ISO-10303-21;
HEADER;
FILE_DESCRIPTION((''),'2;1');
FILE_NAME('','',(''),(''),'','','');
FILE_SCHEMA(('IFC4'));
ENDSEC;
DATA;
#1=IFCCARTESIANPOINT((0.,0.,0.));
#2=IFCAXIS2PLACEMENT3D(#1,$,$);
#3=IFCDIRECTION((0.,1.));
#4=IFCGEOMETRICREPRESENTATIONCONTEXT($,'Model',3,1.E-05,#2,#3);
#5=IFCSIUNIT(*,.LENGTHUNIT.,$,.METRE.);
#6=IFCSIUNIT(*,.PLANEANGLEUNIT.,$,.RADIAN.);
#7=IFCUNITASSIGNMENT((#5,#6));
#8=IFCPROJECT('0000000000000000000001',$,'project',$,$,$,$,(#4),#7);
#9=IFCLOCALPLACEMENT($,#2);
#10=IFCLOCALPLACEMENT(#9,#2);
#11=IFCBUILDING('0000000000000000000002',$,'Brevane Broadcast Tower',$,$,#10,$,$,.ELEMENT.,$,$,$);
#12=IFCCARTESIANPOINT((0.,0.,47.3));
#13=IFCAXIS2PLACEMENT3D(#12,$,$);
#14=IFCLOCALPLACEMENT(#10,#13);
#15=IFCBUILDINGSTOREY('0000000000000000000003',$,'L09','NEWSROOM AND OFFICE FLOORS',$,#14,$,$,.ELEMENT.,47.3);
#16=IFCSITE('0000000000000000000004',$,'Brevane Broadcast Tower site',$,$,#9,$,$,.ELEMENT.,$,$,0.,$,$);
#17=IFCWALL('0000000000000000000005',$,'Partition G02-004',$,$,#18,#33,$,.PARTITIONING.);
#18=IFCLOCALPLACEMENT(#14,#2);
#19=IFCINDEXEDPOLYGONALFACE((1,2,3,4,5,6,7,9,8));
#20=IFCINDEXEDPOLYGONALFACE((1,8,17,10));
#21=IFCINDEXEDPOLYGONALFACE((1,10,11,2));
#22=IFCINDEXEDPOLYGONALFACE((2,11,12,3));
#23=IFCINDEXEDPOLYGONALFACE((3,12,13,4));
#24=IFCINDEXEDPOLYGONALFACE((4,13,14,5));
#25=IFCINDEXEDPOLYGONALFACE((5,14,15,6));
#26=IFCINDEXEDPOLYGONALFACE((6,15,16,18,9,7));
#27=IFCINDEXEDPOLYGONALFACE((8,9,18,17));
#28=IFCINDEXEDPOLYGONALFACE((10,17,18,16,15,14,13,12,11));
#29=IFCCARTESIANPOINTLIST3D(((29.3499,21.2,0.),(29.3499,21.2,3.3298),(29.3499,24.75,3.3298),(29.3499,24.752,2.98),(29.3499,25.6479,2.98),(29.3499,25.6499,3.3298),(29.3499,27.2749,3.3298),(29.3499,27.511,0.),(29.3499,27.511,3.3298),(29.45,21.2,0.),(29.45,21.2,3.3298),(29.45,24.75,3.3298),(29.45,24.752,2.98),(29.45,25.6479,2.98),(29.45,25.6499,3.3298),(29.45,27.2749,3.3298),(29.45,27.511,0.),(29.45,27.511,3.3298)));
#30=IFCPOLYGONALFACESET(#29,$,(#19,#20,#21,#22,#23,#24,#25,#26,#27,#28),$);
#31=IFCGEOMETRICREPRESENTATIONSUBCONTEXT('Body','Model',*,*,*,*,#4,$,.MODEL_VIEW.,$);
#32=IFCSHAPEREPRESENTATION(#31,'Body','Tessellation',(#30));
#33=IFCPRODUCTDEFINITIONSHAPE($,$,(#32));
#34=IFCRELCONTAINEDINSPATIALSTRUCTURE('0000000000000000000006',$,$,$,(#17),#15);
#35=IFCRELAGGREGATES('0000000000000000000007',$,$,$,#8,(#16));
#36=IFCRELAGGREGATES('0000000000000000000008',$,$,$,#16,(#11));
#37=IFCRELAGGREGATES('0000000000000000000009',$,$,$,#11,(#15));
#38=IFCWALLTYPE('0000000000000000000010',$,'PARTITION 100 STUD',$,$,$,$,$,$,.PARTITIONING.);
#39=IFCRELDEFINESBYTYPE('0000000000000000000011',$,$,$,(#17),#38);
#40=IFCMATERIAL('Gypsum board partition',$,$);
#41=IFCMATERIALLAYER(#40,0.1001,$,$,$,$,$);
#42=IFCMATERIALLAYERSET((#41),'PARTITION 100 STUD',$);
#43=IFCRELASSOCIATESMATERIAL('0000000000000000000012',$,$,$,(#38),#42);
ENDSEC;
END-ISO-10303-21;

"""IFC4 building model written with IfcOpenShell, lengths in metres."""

from ifc_helpers import new_model, si_unit, direction, frame, origin, place, context, subcontext, project, spatial, polyline, outline, extrude, material, layer, layer_set, type_object, element, save


model = new_model("IFC4")

# Units and contexts
model_context = context("Model", 3, precision=1e-05, world=origin(), true_north=direction((0.0, 1.0)))
body_context = subcontext(model_context, "Body", "Model", "MODEL_VIEW")
ifc_project = project(units=[si_unit("LENGTHUNIT", "METRE"), si_unit("PLANEANGLEUNIT", "RADIAN")], contexts=[model_context])

# Site, building, storey
site_placement = place(None, origin())
site = spatial("IfcSite", under=ifc_project, at=site_placement, Name="Brevane Broadcast Tower site", CompositionType="ELEMENT", RefElevation=0.0)
building_placement = place(site_placement, origin())
building = spatial("IfcBuilding", under=site, at=building_placement, Name="Brevane Broadcast Tower", CompositionType="ELEMENT")
storey_placement = place(building_placement, frame((0.0, 0.0, 47.3)))
storey = spatial("IfcBuildingStorey", under=building, at=storey_placement, Name="L09", Description="NEWSROOM AND OFFICE FLOORS", CompositionType="ELEMENT", Elevation=47.3)

# Wall
ifc_material_1 = material(Name="Gypsum board partition")
ifc_layer = layer(ifc_material_1, 0.1001)
ifc_layer_set = layer_set([ifc_layer], Name="PARTITION 100 STUD")
wall_type = type_object("IfcWallType", Name="PARTITION 100 STUD", PredefinedType="PARTITIONING", material=ifc_layer_set)
wall_placement = place(storey_placement, frame((29.3999, 27.511, 0.0), z_axis=(0.0, 0.0, 1.0), x_axis=(0.0, -1.0, 0.0)))
element("IfcWall", 1, at=wall_placement, inside=storey, type_object=wall_type, Name="Partition G02-004", PredefinedType="PARTITIONING", context=body_context, shape_type="SweptSolid", body=[
    extrude(outline(polyline([(0.0, 0.0), (6.311, 0.0), (6.311, 3.3298), (2.761, 3.3298), (2.759, 2.98), (1.863, 2.98), (1.8611, 3.3298), (0.2361, 3.3298), (0.0, 3.3298), (0.0, 0.0)])), frame((0.0, 0.05, 0.0), z_axis=(0.0, -1.0, 0.0), x_axis=(1.0, 0.0, 0.0)), (0.0, 0.0, 1.0), 0.1001),
])

save(model, "model.ifc")
